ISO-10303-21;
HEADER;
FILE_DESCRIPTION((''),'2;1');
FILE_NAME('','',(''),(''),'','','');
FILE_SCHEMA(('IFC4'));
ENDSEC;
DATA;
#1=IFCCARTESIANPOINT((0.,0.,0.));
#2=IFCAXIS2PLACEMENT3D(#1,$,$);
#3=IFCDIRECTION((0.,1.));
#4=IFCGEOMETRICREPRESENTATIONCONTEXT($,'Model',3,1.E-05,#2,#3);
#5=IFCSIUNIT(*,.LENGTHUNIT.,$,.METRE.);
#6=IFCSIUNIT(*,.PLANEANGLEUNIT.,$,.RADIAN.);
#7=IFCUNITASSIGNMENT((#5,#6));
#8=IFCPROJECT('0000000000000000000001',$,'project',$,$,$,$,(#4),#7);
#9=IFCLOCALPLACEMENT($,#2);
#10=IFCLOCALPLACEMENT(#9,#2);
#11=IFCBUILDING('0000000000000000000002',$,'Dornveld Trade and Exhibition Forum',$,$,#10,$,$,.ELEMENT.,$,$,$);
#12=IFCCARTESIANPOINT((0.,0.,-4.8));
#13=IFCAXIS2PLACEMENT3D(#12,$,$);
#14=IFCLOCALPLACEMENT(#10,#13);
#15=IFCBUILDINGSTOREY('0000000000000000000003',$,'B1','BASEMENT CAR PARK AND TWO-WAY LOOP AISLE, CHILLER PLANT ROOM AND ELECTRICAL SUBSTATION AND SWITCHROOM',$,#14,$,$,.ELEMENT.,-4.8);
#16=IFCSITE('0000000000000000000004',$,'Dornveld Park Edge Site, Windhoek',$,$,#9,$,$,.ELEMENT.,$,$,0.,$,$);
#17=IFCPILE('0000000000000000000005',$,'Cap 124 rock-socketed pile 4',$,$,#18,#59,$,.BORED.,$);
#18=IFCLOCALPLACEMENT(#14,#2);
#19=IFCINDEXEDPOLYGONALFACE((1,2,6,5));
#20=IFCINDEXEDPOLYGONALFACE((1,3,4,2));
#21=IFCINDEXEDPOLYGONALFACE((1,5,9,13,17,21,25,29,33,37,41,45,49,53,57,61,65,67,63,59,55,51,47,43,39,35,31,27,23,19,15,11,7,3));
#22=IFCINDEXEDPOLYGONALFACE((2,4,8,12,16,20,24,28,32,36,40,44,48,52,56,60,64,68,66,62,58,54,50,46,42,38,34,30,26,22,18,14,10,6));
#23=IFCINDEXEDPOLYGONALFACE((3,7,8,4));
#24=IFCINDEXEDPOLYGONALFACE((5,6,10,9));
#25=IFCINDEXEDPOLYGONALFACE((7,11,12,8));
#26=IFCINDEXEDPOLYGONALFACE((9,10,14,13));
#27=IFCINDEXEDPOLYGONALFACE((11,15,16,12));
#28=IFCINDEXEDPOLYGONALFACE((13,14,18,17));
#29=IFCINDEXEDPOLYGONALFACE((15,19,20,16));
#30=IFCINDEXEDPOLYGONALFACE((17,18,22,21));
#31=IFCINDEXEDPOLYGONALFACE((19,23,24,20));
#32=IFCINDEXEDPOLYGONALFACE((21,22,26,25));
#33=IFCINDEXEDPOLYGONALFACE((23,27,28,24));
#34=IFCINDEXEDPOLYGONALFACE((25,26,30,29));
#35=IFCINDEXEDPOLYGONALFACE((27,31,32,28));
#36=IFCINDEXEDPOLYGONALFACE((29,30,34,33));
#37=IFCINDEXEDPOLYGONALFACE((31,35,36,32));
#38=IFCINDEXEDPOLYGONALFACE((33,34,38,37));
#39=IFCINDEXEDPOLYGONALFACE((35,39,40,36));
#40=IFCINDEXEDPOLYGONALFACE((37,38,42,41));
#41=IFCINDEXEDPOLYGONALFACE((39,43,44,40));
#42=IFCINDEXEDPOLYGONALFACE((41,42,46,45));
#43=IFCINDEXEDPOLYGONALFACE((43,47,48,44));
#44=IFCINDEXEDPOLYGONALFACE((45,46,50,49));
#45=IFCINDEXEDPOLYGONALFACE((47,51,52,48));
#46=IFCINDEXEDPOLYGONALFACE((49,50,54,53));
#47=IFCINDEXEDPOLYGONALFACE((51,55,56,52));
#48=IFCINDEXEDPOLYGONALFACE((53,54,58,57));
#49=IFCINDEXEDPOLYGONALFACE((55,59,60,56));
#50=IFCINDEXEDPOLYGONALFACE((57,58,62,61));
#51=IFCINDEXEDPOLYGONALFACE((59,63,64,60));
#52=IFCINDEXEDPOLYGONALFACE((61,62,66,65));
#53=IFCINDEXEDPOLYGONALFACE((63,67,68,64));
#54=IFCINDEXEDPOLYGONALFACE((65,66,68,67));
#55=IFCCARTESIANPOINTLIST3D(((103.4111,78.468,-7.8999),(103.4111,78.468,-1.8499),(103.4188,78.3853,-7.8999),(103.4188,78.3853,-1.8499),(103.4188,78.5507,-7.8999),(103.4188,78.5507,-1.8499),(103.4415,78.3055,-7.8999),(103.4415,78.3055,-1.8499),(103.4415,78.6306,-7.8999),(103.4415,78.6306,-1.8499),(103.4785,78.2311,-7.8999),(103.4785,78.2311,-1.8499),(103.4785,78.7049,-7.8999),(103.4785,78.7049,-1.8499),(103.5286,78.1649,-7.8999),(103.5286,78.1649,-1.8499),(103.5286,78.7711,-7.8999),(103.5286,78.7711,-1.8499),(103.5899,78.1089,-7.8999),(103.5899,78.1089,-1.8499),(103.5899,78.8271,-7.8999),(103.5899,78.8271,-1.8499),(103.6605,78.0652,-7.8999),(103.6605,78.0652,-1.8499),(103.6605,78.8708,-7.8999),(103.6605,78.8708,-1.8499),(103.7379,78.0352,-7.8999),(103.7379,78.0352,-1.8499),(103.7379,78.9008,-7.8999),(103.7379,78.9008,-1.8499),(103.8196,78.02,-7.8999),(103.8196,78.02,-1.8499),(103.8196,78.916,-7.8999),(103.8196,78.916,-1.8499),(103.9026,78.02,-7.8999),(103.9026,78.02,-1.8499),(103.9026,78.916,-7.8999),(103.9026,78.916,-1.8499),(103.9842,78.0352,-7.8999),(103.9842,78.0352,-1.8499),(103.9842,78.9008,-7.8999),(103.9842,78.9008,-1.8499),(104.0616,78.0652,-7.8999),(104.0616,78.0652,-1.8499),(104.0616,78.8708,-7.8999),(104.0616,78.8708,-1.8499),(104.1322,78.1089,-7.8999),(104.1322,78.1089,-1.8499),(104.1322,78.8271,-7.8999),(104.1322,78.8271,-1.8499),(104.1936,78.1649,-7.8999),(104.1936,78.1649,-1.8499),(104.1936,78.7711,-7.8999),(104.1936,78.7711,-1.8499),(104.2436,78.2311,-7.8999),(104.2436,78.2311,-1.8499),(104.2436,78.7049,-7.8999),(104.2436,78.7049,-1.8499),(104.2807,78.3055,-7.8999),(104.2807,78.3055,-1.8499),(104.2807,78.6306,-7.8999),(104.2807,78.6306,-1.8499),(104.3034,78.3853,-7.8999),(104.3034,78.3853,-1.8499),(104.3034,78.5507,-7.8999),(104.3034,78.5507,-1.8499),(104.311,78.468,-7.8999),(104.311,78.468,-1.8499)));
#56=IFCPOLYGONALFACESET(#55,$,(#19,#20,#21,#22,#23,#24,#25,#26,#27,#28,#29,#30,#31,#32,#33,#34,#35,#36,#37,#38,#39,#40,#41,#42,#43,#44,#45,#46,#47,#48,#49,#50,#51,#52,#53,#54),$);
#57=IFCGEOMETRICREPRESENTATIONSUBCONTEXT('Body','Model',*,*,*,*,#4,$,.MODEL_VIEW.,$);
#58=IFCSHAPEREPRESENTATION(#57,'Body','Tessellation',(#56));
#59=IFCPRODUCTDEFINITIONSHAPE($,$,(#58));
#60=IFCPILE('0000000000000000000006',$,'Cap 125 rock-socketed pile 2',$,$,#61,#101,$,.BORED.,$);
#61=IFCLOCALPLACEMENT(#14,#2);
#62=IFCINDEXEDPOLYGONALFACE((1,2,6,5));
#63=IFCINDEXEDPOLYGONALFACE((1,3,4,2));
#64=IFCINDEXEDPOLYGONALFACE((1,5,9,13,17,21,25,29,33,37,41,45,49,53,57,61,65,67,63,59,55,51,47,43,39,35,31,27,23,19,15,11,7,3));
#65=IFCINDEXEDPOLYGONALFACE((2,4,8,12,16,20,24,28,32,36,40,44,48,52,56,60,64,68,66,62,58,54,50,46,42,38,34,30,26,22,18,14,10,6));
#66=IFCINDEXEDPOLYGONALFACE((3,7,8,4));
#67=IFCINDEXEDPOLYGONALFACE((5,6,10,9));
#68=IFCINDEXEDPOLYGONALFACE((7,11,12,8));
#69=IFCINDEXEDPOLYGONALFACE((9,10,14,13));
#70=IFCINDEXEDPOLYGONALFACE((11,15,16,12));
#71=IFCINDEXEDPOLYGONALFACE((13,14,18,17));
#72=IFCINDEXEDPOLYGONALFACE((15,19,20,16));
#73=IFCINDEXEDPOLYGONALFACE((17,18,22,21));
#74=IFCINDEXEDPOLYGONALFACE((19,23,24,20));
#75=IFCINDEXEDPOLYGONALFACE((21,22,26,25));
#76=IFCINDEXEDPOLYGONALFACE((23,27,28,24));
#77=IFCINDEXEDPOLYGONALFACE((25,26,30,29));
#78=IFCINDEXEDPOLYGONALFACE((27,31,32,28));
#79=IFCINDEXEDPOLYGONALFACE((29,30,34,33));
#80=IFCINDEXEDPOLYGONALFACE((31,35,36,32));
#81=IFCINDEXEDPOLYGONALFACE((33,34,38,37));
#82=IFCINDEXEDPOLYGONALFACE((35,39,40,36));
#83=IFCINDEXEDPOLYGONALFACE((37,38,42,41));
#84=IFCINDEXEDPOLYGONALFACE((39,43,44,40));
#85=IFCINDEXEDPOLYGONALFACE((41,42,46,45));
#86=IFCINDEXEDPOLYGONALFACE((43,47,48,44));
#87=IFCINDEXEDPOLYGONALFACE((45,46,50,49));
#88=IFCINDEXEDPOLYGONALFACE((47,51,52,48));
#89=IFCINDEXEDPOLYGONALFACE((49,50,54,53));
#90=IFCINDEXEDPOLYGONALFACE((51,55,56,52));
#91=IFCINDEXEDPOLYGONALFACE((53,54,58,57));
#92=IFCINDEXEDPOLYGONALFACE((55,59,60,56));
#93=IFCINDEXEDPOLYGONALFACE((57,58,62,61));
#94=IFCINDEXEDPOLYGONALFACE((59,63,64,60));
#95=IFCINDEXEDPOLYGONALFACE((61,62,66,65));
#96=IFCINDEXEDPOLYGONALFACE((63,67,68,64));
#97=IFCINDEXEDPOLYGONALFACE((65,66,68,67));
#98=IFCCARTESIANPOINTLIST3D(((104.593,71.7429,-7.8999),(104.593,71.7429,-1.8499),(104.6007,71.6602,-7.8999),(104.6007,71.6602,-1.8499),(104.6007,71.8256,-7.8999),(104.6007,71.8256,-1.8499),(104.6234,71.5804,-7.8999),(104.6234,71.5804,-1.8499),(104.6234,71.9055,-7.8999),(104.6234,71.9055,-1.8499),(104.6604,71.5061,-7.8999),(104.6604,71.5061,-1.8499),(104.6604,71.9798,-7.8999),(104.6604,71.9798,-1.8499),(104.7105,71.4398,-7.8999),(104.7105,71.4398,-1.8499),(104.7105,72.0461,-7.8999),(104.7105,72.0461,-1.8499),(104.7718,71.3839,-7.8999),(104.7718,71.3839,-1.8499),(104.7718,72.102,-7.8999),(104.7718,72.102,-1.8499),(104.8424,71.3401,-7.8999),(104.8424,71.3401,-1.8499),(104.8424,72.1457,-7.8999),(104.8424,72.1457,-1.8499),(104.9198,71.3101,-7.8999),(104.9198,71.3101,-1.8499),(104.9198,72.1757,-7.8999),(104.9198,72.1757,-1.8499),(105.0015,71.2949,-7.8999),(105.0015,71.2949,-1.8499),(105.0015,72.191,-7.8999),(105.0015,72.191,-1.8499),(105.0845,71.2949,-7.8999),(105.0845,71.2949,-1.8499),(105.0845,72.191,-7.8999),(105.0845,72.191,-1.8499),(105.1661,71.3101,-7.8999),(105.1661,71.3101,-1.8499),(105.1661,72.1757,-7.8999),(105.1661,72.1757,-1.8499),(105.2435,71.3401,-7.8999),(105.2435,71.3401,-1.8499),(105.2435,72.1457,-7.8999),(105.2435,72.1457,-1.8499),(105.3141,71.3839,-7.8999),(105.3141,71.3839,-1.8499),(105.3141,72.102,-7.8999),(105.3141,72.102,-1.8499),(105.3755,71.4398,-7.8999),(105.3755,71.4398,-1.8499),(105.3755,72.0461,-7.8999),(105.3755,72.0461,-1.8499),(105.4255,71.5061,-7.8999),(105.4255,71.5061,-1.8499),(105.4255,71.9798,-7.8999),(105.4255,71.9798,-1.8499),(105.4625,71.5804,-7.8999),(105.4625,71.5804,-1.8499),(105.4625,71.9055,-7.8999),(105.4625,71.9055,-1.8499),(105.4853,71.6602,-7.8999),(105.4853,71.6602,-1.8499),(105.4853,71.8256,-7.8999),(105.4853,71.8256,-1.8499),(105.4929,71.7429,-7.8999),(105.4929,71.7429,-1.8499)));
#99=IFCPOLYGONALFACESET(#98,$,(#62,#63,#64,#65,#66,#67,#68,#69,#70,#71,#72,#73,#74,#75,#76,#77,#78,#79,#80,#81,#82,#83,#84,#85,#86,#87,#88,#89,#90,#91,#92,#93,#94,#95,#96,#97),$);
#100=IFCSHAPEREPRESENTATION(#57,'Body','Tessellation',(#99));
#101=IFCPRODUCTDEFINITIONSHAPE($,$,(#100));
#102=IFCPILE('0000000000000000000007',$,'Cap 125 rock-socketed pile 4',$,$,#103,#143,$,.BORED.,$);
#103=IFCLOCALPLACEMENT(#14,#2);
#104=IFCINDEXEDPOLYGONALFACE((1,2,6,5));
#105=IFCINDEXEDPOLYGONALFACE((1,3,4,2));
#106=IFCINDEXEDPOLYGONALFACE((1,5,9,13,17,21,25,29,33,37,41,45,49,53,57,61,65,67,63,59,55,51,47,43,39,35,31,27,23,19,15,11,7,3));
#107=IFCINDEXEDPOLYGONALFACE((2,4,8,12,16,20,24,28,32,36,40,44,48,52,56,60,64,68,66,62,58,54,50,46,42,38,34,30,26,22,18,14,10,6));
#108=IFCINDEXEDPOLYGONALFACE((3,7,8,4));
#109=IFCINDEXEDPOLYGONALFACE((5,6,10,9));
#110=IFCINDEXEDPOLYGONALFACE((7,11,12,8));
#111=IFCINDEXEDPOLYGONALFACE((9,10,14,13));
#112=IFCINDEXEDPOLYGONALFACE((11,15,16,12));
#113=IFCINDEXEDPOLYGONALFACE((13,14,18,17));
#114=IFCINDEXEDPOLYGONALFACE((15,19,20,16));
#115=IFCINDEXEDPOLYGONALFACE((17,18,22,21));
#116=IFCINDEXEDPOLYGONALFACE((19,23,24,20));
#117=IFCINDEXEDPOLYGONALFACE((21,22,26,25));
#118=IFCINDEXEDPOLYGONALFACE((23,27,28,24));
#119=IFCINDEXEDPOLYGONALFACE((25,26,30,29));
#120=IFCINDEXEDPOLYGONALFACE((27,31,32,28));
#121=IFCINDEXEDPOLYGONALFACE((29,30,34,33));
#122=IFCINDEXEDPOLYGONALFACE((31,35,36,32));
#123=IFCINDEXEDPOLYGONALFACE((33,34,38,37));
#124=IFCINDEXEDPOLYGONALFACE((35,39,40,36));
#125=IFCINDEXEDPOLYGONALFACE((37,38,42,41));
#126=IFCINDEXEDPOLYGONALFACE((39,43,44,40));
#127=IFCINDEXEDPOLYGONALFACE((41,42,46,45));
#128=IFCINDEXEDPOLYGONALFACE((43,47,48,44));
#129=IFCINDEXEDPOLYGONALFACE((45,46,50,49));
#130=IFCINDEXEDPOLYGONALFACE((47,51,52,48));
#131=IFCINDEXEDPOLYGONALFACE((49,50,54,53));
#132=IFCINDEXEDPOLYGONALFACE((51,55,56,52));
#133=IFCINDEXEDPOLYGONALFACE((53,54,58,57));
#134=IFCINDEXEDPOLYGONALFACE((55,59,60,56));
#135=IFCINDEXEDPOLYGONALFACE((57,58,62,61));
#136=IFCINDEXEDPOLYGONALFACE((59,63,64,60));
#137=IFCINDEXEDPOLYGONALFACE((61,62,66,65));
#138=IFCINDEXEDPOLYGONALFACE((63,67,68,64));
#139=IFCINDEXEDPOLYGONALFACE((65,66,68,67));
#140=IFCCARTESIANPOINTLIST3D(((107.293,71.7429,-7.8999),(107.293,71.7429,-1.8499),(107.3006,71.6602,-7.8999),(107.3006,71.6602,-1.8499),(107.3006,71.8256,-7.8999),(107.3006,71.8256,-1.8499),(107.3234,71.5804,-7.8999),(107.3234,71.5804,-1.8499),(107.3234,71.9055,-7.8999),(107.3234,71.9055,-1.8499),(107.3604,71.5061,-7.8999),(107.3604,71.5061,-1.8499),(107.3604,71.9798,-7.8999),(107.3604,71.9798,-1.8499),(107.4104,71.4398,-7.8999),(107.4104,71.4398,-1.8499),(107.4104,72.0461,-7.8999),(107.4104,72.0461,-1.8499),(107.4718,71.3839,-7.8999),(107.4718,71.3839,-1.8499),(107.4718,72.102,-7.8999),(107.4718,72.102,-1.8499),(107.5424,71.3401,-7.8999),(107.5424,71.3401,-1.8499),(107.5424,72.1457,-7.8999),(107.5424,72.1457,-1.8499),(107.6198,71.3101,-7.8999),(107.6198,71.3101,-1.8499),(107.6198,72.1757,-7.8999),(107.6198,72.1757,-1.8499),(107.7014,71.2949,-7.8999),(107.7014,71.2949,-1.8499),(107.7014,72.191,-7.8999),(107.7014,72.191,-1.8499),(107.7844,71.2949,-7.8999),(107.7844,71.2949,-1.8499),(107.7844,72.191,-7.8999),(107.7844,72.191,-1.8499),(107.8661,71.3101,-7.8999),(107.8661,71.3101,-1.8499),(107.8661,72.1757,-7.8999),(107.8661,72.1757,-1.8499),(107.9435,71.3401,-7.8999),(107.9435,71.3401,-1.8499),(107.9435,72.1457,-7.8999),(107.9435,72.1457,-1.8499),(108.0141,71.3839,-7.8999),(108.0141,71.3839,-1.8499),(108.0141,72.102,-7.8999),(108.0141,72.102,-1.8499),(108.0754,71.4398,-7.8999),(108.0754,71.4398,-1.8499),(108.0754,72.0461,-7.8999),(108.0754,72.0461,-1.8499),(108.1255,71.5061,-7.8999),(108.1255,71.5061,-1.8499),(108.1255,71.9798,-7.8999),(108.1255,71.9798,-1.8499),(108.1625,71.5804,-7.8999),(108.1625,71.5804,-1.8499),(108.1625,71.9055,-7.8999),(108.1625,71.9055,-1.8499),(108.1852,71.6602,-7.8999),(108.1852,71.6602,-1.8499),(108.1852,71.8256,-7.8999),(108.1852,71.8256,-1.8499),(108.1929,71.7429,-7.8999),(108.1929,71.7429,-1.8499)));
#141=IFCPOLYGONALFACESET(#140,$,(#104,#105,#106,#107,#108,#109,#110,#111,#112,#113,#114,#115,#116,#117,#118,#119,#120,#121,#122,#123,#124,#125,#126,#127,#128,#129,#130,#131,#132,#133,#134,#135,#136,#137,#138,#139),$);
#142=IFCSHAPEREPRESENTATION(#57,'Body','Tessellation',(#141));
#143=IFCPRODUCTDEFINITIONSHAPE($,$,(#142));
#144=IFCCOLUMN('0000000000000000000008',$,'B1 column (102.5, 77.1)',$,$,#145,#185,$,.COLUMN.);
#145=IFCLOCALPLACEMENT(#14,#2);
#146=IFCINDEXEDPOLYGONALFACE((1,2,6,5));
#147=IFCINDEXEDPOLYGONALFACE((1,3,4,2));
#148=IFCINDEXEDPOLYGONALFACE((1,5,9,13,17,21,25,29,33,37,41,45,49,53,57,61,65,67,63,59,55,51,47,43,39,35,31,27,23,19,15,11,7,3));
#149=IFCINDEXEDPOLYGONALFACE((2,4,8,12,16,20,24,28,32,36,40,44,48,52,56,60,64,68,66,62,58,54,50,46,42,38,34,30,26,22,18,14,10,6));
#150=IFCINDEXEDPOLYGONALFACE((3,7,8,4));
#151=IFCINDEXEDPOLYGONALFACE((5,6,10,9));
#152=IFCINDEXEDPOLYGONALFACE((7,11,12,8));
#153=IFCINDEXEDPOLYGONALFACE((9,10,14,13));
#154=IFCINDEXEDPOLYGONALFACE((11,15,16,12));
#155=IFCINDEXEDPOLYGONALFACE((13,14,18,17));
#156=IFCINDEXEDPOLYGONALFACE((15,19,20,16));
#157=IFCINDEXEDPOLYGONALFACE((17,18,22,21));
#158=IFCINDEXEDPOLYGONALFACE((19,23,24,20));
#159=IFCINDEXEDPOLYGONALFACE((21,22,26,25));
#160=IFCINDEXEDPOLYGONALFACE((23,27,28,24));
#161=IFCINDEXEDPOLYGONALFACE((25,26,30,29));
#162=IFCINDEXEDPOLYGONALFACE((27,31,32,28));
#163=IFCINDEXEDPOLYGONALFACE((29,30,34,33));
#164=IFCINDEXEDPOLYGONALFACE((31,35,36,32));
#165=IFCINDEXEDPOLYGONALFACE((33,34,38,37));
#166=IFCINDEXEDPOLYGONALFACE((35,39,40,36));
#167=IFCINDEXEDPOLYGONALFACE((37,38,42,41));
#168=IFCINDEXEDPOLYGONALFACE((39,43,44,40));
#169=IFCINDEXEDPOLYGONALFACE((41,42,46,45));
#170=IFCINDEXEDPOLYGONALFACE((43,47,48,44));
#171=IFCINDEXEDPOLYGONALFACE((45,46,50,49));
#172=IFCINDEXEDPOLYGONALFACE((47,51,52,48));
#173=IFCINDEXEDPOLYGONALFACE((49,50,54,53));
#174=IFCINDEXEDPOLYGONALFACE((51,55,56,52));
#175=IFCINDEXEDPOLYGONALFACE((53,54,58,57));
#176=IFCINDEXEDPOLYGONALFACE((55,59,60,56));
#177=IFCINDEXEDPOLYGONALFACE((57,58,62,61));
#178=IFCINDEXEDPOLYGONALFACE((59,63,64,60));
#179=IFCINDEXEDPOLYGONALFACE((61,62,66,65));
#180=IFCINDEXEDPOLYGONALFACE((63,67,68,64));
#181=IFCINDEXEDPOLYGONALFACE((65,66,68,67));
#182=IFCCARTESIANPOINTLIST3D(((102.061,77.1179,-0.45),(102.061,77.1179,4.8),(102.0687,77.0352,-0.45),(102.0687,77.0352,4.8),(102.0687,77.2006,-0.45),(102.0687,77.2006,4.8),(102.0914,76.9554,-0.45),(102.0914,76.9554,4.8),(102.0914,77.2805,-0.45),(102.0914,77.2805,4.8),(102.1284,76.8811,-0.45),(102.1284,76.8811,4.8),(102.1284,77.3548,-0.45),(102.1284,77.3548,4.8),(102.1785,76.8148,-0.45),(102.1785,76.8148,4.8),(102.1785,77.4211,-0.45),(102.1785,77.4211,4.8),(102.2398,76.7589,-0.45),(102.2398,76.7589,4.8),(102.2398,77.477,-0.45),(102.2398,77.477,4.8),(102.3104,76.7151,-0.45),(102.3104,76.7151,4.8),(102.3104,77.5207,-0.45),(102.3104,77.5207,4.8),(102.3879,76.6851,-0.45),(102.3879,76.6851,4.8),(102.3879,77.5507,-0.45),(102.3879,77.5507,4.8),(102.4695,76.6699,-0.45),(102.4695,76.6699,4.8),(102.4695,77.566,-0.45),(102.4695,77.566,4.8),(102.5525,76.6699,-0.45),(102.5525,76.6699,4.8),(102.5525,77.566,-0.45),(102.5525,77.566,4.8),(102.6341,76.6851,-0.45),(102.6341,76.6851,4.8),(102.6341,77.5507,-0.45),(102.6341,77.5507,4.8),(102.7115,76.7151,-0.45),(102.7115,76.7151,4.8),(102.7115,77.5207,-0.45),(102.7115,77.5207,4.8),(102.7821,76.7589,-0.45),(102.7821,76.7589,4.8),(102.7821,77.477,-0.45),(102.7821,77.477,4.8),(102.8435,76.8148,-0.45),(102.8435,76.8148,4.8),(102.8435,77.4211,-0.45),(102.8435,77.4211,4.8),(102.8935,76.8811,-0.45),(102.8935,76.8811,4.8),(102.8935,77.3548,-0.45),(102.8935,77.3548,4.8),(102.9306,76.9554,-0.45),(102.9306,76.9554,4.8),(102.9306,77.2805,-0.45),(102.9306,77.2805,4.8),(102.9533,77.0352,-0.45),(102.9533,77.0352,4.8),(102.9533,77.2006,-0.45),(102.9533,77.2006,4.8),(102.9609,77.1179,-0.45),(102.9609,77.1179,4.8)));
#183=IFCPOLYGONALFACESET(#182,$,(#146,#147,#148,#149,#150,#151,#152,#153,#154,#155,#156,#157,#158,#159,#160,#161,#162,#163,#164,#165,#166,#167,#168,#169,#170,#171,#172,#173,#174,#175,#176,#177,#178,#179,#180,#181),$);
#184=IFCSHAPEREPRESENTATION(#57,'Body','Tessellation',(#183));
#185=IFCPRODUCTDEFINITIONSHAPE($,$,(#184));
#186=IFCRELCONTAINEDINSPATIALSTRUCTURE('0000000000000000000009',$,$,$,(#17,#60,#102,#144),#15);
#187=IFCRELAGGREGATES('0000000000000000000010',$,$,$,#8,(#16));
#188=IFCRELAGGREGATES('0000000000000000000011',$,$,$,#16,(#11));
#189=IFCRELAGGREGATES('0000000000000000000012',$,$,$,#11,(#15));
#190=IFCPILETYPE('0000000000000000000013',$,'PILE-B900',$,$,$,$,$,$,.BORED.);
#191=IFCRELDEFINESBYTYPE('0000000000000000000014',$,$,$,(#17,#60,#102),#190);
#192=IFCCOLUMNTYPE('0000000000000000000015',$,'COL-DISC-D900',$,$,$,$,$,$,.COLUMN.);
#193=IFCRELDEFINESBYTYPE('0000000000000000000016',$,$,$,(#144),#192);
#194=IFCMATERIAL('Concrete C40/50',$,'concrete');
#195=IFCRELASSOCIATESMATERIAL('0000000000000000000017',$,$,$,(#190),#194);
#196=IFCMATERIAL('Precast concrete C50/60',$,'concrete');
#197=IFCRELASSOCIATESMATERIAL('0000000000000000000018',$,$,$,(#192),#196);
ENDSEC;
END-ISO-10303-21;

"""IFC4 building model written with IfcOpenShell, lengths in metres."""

from ifc_helpers import new_model, si_unit, direction, frame, origin, origin_2d, place, context, subcontext, project, spatial, circle, extrude, material, material_profile, profile_set, type_object, element, save


model = new_model("IFC4")

# Units and contexts
model_context = context("Model", 3, precision=1e-05, world=origin(), true_north=direction((0.0, 1.0)))
body_context = subcontext(model_context, "Body", "Model", "MODEL_VIEW")
ifc_project = project(units=[si_unit("LENGTHUNIT", "METRE"), si_unit("PLANEANGLEUNIT", "RADIAN")], contexts=[model_context])

# Site, building, storey
site_placement = place(None, origin())
site = spatial("IfcSite", under=ifc_project, at=site_placement, Name="Dornveld Park Edge Site, Windhoek", CompositionType="ELEMENT", RefElevation=0.0)
building_placement = place(site_placement, origin())
building = spatial("IfcBuilding", under=site, at=building_placement, Name="Dornveld Trade and Exhibition Forum", CompositionType="ELEMENT")
storey_placement = place(building_placement, frame((0.0, 0.0, -4.8)))
storey = spatial("IfcBuildingStorey", under=building, at=storey_placement, Name="B1", Description="BASEMENT CAR PARK AND TWO-WAY LOOP AISLE, CHILLER PLANT ROOM AND ELECTRICAL SUBSTATION AND SWITCHROOM", CompositionType="ELEMENT", Elevation=-4.8)

# Piles
ifc_material_1 = material(Name="Concrete C40/50", Category="concrete")
ifc_material_profile_1 = material_profile(ifc_material_1, circle(Radius=0.45, at=origin_2d()), Name="PILE D900")
ifc_profile_set_1 = profile_set([ifc_material_profile_1], Name="Concrete C40/50")
pile_type_1 = type_object("IfcPileType", Name="PILE-B900", PredefinedType="BORED", material=ifc_profile_set_1)
for number, where, z_axis, x_axis, name in (
    (1, (103.8611, 78.468, -1.8499), (0.0, 0.0, -1.0), (1.0, 0.0, 0.0), "Cap 124 rock-socketed pile 4"),
    (2, (105.043, 71.7429, -1.8499), (0.0, 0.0, -1.0), (1.0, 0.0, 0.0), "Cap 125 rock-socketed pile 2"),
    (3, (107.7429, 71.7429, -1.8499), (0.0, 0.0, -1.0), (1.0, 0.0, 0.0), "Cap 125 rock-socketed pile 4"),
):
    element("IfcPile", number, at=place(storey_placement, frame(where, z_axis=z_axis, x_axis=x_axis)), inside=storey, type_object=pile_type_1, Name=name, PredefinedType="BORED", context=body_context, shape_type="SweptSolid", body=[
        extrude(circle(Radius=0.45, at=origin_2d()), origin(), (0.0, 0.0, 1.0), 6.05),
    ])

# Column
ifc_material_2 = material(Name="Precast concrete C50/60", Category="concrete")
ifc_material_profile_2 = material_profile(ifc_material_2, circle(Radius=0.45, at=origin_2d()), Name="PC-COL D900")
ifc_profile_set_2 = profile_set([ifc_material_profile_2], Name="Precast concrete C50/60")
column_type_1 = type_object("IfcColumnType", Name="COL-DISC-D900", PredefinedType="COLUMN", material=ifc_profile_set_2)
for number, where, z_axis, x_axis, name in (
    (4, (102.511, 77.1179, -0.45), (0.0, 0.0, 1.0), (1.0, 0.0, 0.0), "B1 column (102.5, 77.1)"),
):
    element("IfcColumn", number, at=place(storey_placement, frame(where, z_axis=z_axis, x_axis=x_axis)), inside=storey, type_object=column_type_1, Name=name, PredefinedType="COLUMN", context=body_context, shape_type="SweptSolid", body=[
        extrude(circle(Radius=0.45, at=origin_2d()), origin(), (0.0, 0.0, 1.0), 5.25),
    ])

save(model, "model.ifc")
